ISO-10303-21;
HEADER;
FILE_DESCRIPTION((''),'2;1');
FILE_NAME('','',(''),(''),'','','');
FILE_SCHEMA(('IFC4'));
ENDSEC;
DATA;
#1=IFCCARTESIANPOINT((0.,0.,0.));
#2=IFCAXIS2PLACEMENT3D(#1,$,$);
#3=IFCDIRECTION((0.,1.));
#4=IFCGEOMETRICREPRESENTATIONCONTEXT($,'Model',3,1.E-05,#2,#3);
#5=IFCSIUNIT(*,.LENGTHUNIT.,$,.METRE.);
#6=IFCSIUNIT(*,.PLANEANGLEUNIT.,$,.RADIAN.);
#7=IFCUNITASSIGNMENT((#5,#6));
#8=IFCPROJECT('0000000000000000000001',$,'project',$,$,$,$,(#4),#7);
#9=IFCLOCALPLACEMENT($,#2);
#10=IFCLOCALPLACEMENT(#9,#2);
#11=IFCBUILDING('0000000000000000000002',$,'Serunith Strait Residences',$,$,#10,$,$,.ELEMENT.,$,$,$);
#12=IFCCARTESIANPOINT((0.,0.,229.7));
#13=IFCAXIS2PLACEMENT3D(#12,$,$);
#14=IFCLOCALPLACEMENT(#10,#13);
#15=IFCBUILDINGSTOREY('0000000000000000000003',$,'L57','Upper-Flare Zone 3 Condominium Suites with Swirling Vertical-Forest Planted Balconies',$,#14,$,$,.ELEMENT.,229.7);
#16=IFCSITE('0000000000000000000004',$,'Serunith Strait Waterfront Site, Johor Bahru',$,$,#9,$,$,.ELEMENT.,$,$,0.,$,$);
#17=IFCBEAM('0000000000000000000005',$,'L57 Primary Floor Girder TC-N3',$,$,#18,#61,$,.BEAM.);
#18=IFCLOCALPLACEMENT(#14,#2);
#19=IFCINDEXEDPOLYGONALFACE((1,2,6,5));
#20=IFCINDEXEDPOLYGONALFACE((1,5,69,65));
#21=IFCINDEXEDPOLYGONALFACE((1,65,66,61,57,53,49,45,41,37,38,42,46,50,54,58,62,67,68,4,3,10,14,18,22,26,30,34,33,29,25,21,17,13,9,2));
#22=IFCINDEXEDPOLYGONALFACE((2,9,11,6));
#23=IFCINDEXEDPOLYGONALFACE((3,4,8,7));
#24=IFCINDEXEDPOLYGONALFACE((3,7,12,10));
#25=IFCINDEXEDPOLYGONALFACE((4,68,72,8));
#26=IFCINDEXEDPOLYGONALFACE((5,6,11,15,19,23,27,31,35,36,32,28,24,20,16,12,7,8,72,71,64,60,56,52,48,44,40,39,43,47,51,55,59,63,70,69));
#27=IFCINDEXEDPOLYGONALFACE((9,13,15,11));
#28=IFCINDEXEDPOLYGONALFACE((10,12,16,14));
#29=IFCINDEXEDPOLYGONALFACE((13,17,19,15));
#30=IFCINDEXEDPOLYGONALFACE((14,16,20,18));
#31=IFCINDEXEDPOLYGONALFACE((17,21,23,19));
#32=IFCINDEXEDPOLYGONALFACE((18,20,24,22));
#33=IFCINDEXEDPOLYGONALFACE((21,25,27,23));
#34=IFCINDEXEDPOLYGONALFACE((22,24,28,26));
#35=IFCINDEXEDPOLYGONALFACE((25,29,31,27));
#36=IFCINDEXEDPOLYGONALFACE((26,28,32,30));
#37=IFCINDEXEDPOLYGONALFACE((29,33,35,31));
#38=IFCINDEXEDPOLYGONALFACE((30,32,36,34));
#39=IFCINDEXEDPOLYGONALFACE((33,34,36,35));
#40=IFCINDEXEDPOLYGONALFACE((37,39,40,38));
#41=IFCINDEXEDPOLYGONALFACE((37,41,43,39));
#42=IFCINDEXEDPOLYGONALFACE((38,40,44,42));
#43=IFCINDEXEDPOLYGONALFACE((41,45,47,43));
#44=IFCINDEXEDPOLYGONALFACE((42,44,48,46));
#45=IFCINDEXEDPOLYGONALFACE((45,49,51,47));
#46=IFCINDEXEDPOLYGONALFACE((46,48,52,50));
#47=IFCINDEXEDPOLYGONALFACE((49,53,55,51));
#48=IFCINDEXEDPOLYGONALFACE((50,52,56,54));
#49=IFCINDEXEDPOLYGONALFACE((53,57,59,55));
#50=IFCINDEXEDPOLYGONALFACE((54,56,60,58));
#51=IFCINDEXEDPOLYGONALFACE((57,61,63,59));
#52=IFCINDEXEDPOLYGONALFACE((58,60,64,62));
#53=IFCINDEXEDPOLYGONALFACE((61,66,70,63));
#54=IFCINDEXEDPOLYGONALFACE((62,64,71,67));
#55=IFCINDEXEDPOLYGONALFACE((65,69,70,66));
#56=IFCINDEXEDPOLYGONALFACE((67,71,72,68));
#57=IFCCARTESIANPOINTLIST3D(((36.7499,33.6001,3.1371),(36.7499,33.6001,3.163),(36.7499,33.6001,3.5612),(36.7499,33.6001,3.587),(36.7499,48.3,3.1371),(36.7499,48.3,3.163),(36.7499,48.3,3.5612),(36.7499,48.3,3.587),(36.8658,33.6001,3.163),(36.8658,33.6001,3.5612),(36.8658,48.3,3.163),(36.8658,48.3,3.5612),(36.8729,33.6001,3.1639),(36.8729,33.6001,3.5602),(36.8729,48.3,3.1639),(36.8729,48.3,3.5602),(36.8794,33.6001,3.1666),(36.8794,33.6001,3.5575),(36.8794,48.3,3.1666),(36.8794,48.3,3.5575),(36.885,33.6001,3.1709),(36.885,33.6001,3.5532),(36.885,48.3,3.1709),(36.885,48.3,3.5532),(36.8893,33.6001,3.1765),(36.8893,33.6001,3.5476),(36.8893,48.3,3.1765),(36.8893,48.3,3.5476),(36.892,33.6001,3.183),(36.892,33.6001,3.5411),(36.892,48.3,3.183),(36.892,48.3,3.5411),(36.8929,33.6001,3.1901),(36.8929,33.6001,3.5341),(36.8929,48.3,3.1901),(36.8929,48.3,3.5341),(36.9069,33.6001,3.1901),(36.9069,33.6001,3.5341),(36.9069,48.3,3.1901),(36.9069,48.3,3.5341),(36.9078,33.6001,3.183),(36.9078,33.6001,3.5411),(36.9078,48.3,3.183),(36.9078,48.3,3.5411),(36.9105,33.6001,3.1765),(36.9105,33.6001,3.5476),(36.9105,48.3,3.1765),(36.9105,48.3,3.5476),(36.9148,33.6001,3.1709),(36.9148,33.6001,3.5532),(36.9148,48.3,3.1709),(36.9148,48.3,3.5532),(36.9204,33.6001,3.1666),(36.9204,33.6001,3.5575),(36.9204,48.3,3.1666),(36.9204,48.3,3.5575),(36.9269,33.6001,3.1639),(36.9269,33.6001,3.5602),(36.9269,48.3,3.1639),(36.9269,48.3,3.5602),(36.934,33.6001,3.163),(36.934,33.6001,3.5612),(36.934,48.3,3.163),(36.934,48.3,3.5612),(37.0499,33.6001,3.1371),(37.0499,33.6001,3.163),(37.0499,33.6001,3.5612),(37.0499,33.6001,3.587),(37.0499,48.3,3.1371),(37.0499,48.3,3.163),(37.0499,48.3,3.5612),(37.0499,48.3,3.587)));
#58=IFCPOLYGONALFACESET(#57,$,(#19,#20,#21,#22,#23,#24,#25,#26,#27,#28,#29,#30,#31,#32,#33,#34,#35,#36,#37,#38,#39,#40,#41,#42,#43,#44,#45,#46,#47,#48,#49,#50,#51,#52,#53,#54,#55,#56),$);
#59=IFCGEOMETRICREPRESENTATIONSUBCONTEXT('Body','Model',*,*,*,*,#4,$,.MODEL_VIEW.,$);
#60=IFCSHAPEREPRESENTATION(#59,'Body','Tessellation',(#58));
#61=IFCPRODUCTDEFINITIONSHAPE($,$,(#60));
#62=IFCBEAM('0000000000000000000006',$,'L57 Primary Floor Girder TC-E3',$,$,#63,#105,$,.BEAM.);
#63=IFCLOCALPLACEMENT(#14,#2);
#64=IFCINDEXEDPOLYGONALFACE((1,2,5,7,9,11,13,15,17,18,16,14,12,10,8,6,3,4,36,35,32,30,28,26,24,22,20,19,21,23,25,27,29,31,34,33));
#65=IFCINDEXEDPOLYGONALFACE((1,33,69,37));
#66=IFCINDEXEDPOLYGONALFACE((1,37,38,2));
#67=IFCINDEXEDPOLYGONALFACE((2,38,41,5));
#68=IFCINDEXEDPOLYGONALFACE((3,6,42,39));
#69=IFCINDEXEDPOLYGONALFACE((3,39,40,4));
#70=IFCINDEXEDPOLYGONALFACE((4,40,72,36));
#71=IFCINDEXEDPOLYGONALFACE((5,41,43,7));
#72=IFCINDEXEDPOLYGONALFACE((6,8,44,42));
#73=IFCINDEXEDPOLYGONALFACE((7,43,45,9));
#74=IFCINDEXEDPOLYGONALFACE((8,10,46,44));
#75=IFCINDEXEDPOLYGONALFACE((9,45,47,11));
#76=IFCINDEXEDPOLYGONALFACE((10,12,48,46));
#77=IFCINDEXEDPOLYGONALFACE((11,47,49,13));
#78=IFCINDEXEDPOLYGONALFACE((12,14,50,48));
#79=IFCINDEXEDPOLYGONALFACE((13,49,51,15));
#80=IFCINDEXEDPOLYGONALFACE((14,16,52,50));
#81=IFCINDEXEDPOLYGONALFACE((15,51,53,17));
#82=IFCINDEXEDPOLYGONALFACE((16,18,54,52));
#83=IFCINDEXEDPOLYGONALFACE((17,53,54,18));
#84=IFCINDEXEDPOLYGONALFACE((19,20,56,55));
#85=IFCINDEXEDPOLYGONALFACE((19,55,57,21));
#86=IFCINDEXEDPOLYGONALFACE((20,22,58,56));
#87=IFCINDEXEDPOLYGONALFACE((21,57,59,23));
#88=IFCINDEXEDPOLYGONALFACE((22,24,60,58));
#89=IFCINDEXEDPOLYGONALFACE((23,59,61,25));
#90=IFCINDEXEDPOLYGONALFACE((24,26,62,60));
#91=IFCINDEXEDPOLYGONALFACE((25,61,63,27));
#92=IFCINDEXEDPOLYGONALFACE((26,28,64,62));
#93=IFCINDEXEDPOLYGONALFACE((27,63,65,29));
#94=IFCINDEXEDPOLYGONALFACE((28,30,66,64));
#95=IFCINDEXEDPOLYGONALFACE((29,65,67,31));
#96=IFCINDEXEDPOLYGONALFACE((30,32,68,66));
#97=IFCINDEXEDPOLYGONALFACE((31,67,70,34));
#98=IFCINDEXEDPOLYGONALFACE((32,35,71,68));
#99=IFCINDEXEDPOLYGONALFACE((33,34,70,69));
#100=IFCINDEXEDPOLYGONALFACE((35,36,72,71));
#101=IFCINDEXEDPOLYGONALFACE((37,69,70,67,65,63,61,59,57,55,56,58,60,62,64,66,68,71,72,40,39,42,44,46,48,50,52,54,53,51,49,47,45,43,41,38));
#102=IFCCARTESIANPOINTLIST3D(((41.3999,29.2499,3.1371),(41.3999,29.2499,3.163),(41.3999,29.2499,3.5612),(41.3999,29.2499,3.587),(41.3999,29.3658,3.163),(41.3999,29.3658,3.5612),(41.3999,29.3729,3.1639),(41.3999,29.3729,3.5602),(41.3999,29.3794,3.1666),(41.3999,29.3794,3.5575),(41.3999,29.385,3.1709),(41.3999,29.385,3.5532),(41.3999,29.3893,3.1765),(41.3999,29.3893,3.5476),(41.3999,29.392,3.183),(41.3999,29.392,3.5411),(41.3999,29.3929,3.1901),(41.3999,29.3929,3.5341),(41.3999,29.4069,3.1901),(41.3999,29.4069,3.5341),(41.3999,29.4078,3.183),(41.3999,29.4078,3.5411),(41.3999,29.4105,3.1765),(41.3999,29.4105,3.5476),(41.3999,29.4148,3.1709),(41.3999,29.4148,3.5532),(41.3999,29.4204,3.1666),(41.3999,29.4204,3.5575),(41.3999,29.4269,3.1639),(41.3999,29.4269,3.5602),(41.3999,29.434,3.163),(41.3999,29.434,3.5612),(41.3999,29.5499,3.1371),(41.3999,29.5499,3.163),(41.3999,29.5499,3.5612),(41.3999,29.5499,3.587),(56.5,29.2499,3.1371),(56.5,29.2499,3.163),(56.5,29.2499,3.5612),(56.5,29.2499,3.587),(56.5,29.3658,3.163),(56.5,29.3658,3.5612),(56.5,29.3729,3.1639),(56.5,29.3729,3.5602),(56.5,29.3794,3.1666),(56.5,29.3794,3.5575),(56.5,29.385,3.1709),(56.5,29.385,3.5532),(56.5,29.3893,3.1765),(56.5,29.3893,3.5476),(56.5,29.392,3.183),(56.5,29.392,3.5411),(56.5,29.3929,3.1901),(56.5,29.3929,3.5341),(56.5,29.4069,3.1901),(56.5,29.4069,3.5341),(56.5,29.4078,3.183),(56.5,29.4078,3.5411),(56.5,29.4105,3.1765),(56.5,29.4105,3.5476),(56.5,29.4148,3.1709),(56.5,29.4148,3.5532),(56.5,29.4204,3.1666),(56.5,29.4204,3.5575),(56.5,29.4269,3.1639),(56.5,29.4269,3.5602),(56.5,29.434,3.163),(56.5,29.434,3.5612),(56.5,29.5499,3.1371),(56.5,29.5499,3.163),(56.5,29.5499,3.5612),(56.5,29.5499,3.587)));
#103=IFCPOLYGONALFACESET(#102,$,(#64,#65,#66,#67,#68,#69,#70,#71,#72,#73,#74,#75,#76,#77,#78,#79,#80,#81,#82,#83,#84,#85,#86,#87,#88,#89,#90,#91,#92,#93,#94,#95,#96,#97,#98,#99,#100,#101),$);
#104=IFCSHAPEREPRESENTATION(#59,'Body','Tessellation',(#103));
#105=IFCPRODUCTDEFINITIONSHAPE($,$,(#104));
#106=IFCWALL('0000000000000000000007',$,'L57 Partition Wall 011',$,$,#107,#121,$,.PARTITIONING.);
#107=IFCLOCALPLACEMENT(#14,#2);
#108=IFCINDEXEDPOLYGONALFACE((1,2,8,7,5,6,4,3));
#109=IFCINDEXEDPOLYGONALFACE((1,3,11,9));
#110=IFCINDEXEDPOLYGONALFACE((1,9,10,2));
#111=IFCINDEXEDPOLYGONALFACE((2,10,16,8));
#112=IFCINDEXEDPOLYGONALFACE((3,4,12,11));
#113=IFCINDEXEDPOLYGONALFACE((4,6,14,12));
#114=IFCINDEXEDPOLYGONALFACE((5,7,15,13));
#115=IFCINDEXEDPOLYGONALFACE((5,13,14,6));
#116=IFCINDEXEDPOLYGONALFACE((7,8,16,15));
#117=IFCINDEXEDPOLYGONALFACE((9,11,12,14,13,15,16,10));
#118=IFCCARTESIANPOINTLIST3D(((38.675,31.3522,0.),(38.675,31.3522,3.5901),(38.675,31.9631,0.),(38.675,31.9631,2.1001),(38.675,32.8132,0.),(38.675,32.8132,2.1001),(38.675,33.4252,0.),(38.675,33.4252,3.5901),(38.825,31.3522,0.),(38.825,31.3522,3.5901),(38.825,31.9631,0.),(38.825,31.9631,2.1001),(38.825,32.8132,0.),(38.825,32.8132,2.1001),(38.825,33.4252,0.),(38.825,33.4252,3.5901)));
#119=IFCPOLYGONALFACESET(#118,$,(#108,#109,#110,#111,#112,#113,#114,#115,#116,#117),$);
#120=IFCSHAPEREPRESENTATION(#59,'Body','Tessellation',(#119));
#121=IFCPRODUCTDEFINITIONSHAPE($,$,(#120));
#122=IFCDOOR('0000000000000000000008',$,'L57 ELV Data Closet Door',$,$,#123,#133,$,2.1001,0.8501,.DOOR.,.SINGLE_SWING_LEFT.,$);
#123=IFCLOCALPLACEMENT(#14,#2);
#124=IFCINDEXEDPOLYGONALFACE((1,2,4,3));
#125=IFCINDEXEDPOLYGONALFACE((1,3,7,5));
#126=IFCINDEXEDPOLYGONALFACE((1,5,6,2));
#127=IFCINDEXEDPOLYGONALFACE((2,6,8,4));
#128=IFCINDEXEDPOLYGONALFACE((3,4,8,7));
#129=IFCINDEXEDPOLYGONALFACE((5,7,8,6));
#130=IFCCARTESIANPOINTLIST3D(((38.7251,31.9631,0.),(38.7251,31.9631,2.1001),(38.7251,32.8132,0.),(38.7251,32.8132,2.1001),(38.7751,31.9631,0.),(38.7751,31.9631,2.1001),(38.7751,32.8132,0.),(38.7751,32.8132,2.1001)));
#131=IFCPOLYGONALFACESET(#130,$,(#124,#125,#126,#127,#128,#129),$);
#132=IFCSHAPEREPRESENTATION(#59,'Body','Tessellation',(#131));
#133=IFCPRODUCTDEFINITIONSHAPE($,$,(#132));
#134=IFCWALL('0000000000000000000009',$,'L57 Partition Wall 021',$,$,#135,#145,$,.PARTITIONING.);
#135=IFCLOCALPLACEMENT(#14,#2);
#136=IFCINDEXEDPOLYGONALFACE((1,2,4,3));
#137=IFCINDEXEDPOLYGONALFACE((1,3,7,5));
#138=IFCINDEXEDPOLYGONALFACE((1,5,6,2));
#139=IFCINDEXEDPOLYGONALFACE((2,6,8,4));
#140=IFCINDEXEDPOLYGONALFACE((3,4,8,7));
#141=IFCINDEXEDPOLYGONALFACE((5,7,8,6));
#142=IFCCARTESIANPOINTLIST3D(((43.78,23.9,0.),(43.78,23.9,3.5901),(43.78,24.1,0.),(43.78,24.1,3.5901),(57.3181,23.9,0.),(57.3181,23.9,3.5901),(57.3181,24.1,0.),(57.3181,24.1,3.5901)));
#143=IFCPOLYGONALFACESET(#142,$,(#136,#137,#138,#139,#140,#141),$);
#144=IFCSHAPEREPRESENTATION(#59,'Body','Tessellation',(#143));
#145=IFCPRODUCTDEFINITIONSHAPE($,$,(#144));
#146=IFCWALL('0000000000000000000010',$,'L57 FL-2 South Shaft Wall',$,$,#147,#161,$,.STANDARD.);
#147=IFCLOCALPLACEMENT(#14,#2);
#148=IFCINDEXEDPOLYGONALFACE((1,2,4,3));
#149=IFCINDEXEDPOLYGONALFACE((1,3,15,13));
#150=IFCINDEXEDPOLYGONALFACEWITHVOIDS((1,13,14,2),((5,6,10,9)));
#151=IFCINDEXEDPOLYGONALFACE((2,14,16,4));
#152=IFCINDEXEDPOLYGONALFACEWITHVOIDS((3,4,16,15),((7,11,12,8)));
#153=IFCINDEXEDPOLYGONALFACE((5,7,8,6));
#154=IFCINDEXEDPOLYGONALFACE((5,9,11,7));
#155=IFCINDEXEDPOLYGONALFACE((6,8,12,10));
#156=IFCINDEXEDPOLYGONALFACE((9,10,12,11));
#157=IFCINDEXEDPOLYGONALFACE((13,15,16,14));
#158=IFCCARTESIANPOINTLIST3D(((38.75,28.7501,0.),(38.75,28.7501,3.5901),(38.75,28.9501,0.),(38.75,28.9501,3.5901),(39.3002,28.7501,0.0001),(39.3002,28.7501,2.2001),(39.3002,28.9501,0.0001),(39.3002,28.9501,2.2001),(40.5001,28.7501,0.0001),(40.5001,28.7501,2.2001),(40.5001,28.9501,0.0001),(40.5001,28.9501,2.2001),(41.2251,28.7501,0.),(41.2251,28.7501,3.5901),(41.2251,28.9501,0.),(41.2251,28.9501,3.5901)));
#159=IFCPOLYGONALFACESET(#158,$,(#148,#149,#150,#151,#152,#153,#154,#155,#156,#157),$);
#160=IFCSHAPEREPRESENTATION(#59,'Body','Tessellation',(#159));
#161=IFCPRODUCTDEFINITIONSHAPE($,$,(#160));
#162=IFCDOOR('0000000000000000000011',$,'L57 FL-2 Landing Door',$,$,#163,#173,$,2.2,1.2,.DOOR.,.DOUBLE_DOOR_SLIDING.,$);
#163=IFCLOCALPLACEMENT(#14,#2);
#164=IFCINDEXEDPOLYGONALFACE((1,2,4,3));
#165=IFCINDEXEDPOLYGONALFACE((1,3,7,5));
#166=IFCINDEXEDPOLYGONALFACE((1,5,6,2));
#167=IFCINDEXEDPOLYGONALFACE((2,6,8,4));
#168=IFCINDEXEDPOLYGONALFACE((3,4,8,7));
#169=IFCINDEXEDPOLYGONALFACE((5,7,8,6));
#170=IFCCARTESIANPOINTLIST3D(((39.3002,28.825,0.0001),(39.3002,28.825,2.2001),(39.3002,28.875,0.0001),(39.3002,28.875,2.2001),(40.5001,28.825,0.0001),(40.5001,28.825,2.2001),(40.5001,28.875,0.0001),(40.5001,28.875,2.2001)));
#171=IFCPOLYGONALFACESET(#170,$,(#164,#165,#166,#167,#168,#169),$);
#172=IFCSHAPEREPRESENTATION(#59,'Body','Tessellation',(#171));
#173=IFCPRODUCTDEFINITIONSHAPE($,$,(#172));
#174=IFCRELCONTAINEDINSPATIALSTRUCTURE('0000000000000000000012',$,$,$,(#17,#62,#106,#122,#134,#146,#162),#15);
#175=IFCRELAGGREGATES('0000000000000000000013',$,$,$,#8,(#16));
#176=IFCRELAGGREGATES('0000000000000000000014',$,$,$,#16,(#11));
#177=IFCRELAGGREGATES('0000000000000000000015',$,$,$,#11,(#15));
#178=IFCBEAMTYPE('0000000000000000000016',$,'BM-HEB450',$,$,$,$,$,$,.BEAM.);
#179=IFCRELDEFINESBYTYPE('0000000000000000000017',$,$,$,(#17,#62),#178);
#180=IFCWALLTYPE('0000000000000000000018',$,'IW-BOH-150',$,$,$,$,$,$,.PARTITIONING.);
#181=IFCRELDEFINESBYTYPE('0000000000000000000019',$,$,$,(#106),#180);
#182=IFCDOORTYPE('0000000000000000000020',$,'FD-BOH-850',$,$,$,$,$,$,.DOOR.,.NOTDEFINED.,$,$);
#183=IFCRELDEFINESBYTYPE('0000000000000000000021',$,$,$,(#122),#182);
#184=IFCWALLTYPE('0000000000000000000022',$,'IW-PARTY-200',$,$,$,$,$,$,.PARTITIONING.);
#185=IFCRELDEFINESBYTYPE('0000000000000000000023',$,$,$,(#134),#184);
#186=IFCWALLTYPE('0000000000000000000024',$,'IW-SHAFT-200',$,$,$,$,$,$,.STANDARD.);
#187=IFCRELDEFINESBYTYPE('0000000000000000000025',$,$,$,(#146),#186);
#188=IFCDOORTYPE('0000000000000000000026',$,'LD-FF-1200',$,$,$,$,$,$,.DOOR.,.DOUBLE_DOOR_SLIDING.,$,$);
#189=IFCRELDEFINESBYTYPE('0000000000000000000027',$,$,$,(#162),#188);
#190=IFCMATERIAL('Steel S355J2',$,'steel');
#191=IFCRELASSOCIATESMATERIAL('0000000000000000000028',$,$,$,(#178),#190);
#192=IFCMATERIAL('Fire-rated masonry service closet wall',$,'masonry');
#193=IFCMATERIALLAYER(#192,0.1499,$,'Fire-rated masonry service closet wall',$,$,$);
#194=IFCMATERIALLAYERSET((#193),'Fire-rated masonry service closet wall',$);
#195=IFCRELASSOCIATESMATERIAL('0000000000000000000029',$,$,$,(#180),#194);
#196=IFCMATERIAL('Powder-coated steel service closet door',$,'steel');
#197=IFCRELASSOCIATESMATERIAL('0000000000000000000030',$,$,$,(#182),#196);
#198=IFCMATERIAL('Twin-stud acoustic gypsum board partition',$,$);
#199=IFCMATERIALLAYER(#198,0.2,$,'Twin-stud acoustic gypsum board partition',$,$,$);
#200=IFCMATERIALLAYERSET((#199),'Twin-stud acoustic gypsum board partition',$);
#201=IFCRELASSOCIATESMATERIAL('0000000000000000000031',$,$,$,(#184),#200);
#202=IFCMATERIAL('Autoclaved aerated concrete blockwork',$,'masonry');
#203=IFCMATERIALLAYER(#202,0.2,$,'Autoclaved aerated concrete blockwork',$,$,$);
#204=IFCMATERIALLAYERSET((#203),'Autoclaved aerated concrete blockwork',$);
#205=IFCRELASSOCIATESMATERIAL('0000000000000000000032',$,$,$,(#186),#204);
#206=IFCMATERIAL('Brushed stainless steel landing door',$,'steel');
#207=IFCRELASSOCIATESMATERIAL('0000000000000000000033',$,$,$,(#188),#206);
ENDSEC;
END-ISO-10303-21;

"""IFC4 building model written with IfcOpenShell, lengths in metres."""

from ifc_helpers import new_model, si_unit, direction, frame, frame_2d, origin, origin_2d, place, context, subcontext, project, spatial, rectangle, i_section, extrude, source, transform, mapped, material, layer, layer_set, material_profile, profile_set, type_object, element, fill, save


model = new_model("IFC4")

# Units and contexts
model_context = context("Model", 3, precision=1e-05, world=origin(), true_north=direction((0.0, 1.0)))
body_context = subcontext(model_context, "Body", "Model", "MODEL_VIEW")
ifc_project = project(units=[si_unit("LENGTHUNIT", "METRE"), si_unit("PLANEANGLEUNIT", "RADIAN")], contexts=[model_context])

# Site, building, storey
site_placement = place(None, origin())
site = spatial("IfcSite", under=ifc_project, at=site_placement, Name="Serunith Strait Waterfront Site, Johor Bahru", CompositionType="ELEMENT", RefElevation=0.0)
building_placement = place(site_placement, origin())
building = spatial("IfcBuilding", under=site, at=building_placement, Name="Serunith Strait Residences", CompositionType="ELEMENT")
storey_placement = place(building_placement, frame((0.0, 0.0, 229.7)))
storey = spatial("IfcBuildingStorey", under=building, at=storey_placement, Name="L57", Description="Upper-Flare Zone 3 Condominium Suites with Swirling Vertical-Forest Planted Balconies", CompositionType="ELEMENT", Elevation=229.7)

# Beams
ifc_material_1 = material(Name="Steel S355J2", Category="steel")
ifc_material_profile = material_profile(ifc_material_1, i_section(OverallWidth=0.3, OverallDepth=0.45, WebThickness=0.0139, FlangeThickness=0.0259, FilletRadius=0.0271, at=origin_2d()), Name="HEB 450")
ifc_profile_set = profile_set([ifc_material_profile], Name="Steel S355J2")
beam_type = type_object("IfcBeamType", Name="BM-HEB450", PredefinedType="BEAM", material=ifc_profile_set)
shared_shape_1 = source(origin(), body_context, "Body", "SweptSolid", [
    extrude(i_section(OverallWidth=0.3, OverallDepth=0.45, WebThickness=0.0139, FlangeThickness=0.0259, FilletRadius=0.0271, at=origin_2d()), origin(), (0.0, 0.0, 1.0), 14.7),
])
beam_1_placement = place(storey_placement, frame((36.8999, 33.6001, 3.3621), z_axis=(0.0, 1.0, 0.0), x_axis=(-1.0, 0.0, 0.0)))
element("IfcBeam", 1, at=beam_1_placement, inside=storey, type_object=beam_type, Name="L57 Primary Floor Girder TC-N3", PredefinedType="BEAM", context=body_context, shape_type="MappedRepresentation", body=[
    mapped(shared_shape_1, transform((0.0, 0.0, 0.0), scale=1.0)),
])
shared_shape_2 = source(origin(), body_context, "Body", "SweptSolid", [
    extrude(i_section(OverallWidth=0.3, OverallDepth=0.45, WebThickness=0.0139, FlangeThickness=0.0259, FilletRadius=0.0271, at=origin_2d()), origin(), (0.0, 0.0, 1.0), 15.1001),
])
beam_2_placement = place(storey_placement, frame((41.3999, 29.3999, 3.3621), z_axis=(1.0, 0.0, 0.0), x_axis=(0.0, 1.0, 0.0)))
element("IfcBeam", 2, at=beam_2_placement, inside=storey, type_object=beam_type, Name="L57 Primary Floor Girder TC-E3", PredefinedType="BEAM", context=body_context, shape_type="MappedRepresentation", body=[
    mapped(shared_shape_2, transform((0.0, 0.0, 0.0), scale=1.0)),
])

# Wall, opening, door
ifc_material_2 = material(Name="Fire-rated masonry service closet wall", Category="masonry")
ifc_layer_1 = layer(ifc_material_2, 0.1499, Name="Fire-rated masonry service closet wall")
ifc_layer_set_1 = layer_set([ifc_layer_1], Name="Fire-rated masonry service closet wall")
wall_type_1 = type_object("IfcWallType", Name="IW-BOH-150", PredefinedType="PARTITIONING", material=ifc_layer_set_1)
wall_1_placement = place(storey_placement, frame((38.75, 31.3521, 0.0), z_axis=(0.0, 0.0, 1.0), x_axis=(0.0, 1.0, 0.0)))
wall_1 = element("IfcWall", 3, at=wall_1_placement, inside=storey, type_object=wall_type_1, Name="L57 Partition Wall 011", PredefinedType="PARTITIONING", context=body_context, shape_type="SweptSolid", body=[
    extrude(rectangle(XDim=2.073, YDim=0.1499, at=frame_2d((1.0366, 0.0))), origin(), (0.0, 0.0, 1.0), 3.5901),
])
opening_1_placement = place(wall_1_placement, frame((0.6111, 0.0, 0.0)))
opening_1 = element("IfcOpeningElement", 4, at=opening_1_placement, cuts=wall_1, PredefinedType="OPENING", context=body_context, shape_type="SweptSolid", body=[
    extrude(rectangle(XDim=0.8501, YDim=2.1001, at=frame_2d((0.425, 1.05))), frame((0.0, 0.085, 0.0), z_axis=(0.0, -1.0, 0.0), x_axis=(1.0, 0.0, 0.0)), (0.0, 0.0, 1.0), 0.1699),
])
ifc_material_3 = material(Name="Powder-coated steel service closet door", Category="steel")
door_type_1 = type_object("IfcDoorType", Name="FD-BOH-850", OperationType="NOTDEFINED", PredefinedType="DOOR", material=ifc_material_3)
shared_shape_3 = source(origin(), body_context, "Body", "SweptSolid", [
    extrude(rectangle(XDim=0.8501, YDim=2.1001, at=frame_2d((0.425, 1.05))), frame((0.0, 0.0249, 0.0), z_axis=(0.0, -1.0, 0.0), x_axis=(1.0, 0.0, 0.0)), (0.0, 0.0, 1.0), 0.05),
])
door_1_placement = place(opening_1_placement, origin())
door_1 = element("IfcDoor", 5, at=door_1_placement, inside=storey, type_object=door_type_1, Name="L57 ELV Data Closet Door", OperationType="SINGLE_SWING_LEFT", OverallHeight=2.1001, OverallWidth=0.8501, PredefinedType="DOOR", context=body_context, shape_type="MappedRepresentation", body=[
    mapped(shared_shape_3, transform((0.0, 0.0, 0.0), scale=1.0)),
])
fill(opening_1, door_1)

# Wall
ifc_material_4 = material(Name="Twin-stud acoustic gypsum board partition")
ifc_layer_2 = layer(ifc_material_4, 0.2, Name="Twin-stud acoustic gypsum board partition")
ifc_layer_set_2 = layer_set([ifc_layer_2], Name="Twin-stud acoustic gypsum board partition")
wall_type_2 = type_object("IfcWallType", Name="IW-PARTY-200", PredefinedType="PARTITIONING", material=ifc_layer_set_2)
wall_2_placement = place(storey_placement, frame((43.78, 24.0, 0.0), z_axis=(0.0, 0.0, 1.0), x_axis=(1.0, 0.0, 0.0)))
element("IfcWall", 6, at=wall_2_placement, inside=storey, type_object=wall_type_2, Name="L57 Partition Wall 021", PredefinedType="PARTITIONING", context=body_context, shape_type="SweptSolid", body=[
    extrude(rectangle(XDim=13.5381, YDim=0.2, at=frame_2d((6.769, 0.0))), origin(), (0.0, 0.0, 1.0), 3.5901),
])

# Wall, opening, door
ifc_material_5 = material(Name="Autoclaved aerated concrete blockwork", Category="masonry")
ifc_layer_3 = layer(ifc_material_5, 0.2, Name="Autoclaved aerated concrete blockwork")
ifc_layer_set_3 = layer_set([ifc_layer_3], Name="Autoclaved aerated concrete blockwork")
wall_type_3 = type_object("IfcWallType", Name="IW-SHAFT-200", PredefinedType="STANDARD", material=ifc_layer_set_3)
wall_3_placement = place(storey_placement, frame((38.75, 28.8501, 0.0), z_axis=(0.0, 0.0, 1.0), x_axis=(1.0, 0.0, 0.0)))
wall_3 = element("IfcWall", 7, at=wall_3_placement, inside=storey, type_object=wall_type_3, Name="L57 FL-2 South Shaft Wall", PredefinedType="STANDARD", context=body_context, shape_type="SweptSolid", body=[
    extrude(rectangle(XDim=2.4751, YDim=0.2, at=frame_2d((1.2375, 0.0))), origin(), (0.0, 0.0, 1.0), 3.5901),
])
opening_2_placement = place(wall_3_placement, frame((0.55, 0.0, 0.0)))
opening_2 = element("IfcOpeningElement", 8, at=opening_2_placement, cuts=wall_3, PredefinedType="OPENING", context=body_context, shape_type="SweptSolid", body=[
    extrude(rectangle(XDim=1.2, YDim=2.2, at=frame_2d((0.6001, 1.1001))), frame((0.0, 0.1099, 0.0), z_axis=(0.0, -1.0, 0.0), x_axis=(1.0, 0.0, 0.0)), (0.0, 0.0, 1.0), 0.22),
])
ifc_material_6 = material(Name="Brushed stainless steel landing door", Category="steel")
door_type_2 = type_object("IfcDoorType", Name="LD-FF-1200", OperationType="DOUBLE_DOOR_SLIDING", PredefinedType="DOOR", material=ifc_material_6)
shared_shape_4 = source(origin(), body_context, "Body", "SweptSolid", [
    extrude(rectangle(XDim=1.2, YDim=2.2, at=frame_2d((0.6001, 1.1001))), frame((0.0, 0.0249, 0.0), z_axis=(0.0, -1.0, 0.0), x_axis=(1.0, 0.0, 0.0)), (0.0, 0.0, 1.0), 0.05),
])
door_2_placement = place(opening_2_placement, origin())
door_2 = element("IfcDoor", 9, at=door_2_placement, inside=storey, type_object=door_type_2, Name="L57 FL-2 Landing Door", OperationType="DOUBLE_DOOR_SLIDING", OverallHeight=2.2, OverallWidth=1.2, PredefinedType="DOOR", context=body_context, shape_type="MappedRepresentation", body=[
    mapped(shared_shape_4, transform((0.0, 0.0, 0.0), scale=1.0)),
])
fill(opening_2, door_2)

save(model, "model.ifc")
